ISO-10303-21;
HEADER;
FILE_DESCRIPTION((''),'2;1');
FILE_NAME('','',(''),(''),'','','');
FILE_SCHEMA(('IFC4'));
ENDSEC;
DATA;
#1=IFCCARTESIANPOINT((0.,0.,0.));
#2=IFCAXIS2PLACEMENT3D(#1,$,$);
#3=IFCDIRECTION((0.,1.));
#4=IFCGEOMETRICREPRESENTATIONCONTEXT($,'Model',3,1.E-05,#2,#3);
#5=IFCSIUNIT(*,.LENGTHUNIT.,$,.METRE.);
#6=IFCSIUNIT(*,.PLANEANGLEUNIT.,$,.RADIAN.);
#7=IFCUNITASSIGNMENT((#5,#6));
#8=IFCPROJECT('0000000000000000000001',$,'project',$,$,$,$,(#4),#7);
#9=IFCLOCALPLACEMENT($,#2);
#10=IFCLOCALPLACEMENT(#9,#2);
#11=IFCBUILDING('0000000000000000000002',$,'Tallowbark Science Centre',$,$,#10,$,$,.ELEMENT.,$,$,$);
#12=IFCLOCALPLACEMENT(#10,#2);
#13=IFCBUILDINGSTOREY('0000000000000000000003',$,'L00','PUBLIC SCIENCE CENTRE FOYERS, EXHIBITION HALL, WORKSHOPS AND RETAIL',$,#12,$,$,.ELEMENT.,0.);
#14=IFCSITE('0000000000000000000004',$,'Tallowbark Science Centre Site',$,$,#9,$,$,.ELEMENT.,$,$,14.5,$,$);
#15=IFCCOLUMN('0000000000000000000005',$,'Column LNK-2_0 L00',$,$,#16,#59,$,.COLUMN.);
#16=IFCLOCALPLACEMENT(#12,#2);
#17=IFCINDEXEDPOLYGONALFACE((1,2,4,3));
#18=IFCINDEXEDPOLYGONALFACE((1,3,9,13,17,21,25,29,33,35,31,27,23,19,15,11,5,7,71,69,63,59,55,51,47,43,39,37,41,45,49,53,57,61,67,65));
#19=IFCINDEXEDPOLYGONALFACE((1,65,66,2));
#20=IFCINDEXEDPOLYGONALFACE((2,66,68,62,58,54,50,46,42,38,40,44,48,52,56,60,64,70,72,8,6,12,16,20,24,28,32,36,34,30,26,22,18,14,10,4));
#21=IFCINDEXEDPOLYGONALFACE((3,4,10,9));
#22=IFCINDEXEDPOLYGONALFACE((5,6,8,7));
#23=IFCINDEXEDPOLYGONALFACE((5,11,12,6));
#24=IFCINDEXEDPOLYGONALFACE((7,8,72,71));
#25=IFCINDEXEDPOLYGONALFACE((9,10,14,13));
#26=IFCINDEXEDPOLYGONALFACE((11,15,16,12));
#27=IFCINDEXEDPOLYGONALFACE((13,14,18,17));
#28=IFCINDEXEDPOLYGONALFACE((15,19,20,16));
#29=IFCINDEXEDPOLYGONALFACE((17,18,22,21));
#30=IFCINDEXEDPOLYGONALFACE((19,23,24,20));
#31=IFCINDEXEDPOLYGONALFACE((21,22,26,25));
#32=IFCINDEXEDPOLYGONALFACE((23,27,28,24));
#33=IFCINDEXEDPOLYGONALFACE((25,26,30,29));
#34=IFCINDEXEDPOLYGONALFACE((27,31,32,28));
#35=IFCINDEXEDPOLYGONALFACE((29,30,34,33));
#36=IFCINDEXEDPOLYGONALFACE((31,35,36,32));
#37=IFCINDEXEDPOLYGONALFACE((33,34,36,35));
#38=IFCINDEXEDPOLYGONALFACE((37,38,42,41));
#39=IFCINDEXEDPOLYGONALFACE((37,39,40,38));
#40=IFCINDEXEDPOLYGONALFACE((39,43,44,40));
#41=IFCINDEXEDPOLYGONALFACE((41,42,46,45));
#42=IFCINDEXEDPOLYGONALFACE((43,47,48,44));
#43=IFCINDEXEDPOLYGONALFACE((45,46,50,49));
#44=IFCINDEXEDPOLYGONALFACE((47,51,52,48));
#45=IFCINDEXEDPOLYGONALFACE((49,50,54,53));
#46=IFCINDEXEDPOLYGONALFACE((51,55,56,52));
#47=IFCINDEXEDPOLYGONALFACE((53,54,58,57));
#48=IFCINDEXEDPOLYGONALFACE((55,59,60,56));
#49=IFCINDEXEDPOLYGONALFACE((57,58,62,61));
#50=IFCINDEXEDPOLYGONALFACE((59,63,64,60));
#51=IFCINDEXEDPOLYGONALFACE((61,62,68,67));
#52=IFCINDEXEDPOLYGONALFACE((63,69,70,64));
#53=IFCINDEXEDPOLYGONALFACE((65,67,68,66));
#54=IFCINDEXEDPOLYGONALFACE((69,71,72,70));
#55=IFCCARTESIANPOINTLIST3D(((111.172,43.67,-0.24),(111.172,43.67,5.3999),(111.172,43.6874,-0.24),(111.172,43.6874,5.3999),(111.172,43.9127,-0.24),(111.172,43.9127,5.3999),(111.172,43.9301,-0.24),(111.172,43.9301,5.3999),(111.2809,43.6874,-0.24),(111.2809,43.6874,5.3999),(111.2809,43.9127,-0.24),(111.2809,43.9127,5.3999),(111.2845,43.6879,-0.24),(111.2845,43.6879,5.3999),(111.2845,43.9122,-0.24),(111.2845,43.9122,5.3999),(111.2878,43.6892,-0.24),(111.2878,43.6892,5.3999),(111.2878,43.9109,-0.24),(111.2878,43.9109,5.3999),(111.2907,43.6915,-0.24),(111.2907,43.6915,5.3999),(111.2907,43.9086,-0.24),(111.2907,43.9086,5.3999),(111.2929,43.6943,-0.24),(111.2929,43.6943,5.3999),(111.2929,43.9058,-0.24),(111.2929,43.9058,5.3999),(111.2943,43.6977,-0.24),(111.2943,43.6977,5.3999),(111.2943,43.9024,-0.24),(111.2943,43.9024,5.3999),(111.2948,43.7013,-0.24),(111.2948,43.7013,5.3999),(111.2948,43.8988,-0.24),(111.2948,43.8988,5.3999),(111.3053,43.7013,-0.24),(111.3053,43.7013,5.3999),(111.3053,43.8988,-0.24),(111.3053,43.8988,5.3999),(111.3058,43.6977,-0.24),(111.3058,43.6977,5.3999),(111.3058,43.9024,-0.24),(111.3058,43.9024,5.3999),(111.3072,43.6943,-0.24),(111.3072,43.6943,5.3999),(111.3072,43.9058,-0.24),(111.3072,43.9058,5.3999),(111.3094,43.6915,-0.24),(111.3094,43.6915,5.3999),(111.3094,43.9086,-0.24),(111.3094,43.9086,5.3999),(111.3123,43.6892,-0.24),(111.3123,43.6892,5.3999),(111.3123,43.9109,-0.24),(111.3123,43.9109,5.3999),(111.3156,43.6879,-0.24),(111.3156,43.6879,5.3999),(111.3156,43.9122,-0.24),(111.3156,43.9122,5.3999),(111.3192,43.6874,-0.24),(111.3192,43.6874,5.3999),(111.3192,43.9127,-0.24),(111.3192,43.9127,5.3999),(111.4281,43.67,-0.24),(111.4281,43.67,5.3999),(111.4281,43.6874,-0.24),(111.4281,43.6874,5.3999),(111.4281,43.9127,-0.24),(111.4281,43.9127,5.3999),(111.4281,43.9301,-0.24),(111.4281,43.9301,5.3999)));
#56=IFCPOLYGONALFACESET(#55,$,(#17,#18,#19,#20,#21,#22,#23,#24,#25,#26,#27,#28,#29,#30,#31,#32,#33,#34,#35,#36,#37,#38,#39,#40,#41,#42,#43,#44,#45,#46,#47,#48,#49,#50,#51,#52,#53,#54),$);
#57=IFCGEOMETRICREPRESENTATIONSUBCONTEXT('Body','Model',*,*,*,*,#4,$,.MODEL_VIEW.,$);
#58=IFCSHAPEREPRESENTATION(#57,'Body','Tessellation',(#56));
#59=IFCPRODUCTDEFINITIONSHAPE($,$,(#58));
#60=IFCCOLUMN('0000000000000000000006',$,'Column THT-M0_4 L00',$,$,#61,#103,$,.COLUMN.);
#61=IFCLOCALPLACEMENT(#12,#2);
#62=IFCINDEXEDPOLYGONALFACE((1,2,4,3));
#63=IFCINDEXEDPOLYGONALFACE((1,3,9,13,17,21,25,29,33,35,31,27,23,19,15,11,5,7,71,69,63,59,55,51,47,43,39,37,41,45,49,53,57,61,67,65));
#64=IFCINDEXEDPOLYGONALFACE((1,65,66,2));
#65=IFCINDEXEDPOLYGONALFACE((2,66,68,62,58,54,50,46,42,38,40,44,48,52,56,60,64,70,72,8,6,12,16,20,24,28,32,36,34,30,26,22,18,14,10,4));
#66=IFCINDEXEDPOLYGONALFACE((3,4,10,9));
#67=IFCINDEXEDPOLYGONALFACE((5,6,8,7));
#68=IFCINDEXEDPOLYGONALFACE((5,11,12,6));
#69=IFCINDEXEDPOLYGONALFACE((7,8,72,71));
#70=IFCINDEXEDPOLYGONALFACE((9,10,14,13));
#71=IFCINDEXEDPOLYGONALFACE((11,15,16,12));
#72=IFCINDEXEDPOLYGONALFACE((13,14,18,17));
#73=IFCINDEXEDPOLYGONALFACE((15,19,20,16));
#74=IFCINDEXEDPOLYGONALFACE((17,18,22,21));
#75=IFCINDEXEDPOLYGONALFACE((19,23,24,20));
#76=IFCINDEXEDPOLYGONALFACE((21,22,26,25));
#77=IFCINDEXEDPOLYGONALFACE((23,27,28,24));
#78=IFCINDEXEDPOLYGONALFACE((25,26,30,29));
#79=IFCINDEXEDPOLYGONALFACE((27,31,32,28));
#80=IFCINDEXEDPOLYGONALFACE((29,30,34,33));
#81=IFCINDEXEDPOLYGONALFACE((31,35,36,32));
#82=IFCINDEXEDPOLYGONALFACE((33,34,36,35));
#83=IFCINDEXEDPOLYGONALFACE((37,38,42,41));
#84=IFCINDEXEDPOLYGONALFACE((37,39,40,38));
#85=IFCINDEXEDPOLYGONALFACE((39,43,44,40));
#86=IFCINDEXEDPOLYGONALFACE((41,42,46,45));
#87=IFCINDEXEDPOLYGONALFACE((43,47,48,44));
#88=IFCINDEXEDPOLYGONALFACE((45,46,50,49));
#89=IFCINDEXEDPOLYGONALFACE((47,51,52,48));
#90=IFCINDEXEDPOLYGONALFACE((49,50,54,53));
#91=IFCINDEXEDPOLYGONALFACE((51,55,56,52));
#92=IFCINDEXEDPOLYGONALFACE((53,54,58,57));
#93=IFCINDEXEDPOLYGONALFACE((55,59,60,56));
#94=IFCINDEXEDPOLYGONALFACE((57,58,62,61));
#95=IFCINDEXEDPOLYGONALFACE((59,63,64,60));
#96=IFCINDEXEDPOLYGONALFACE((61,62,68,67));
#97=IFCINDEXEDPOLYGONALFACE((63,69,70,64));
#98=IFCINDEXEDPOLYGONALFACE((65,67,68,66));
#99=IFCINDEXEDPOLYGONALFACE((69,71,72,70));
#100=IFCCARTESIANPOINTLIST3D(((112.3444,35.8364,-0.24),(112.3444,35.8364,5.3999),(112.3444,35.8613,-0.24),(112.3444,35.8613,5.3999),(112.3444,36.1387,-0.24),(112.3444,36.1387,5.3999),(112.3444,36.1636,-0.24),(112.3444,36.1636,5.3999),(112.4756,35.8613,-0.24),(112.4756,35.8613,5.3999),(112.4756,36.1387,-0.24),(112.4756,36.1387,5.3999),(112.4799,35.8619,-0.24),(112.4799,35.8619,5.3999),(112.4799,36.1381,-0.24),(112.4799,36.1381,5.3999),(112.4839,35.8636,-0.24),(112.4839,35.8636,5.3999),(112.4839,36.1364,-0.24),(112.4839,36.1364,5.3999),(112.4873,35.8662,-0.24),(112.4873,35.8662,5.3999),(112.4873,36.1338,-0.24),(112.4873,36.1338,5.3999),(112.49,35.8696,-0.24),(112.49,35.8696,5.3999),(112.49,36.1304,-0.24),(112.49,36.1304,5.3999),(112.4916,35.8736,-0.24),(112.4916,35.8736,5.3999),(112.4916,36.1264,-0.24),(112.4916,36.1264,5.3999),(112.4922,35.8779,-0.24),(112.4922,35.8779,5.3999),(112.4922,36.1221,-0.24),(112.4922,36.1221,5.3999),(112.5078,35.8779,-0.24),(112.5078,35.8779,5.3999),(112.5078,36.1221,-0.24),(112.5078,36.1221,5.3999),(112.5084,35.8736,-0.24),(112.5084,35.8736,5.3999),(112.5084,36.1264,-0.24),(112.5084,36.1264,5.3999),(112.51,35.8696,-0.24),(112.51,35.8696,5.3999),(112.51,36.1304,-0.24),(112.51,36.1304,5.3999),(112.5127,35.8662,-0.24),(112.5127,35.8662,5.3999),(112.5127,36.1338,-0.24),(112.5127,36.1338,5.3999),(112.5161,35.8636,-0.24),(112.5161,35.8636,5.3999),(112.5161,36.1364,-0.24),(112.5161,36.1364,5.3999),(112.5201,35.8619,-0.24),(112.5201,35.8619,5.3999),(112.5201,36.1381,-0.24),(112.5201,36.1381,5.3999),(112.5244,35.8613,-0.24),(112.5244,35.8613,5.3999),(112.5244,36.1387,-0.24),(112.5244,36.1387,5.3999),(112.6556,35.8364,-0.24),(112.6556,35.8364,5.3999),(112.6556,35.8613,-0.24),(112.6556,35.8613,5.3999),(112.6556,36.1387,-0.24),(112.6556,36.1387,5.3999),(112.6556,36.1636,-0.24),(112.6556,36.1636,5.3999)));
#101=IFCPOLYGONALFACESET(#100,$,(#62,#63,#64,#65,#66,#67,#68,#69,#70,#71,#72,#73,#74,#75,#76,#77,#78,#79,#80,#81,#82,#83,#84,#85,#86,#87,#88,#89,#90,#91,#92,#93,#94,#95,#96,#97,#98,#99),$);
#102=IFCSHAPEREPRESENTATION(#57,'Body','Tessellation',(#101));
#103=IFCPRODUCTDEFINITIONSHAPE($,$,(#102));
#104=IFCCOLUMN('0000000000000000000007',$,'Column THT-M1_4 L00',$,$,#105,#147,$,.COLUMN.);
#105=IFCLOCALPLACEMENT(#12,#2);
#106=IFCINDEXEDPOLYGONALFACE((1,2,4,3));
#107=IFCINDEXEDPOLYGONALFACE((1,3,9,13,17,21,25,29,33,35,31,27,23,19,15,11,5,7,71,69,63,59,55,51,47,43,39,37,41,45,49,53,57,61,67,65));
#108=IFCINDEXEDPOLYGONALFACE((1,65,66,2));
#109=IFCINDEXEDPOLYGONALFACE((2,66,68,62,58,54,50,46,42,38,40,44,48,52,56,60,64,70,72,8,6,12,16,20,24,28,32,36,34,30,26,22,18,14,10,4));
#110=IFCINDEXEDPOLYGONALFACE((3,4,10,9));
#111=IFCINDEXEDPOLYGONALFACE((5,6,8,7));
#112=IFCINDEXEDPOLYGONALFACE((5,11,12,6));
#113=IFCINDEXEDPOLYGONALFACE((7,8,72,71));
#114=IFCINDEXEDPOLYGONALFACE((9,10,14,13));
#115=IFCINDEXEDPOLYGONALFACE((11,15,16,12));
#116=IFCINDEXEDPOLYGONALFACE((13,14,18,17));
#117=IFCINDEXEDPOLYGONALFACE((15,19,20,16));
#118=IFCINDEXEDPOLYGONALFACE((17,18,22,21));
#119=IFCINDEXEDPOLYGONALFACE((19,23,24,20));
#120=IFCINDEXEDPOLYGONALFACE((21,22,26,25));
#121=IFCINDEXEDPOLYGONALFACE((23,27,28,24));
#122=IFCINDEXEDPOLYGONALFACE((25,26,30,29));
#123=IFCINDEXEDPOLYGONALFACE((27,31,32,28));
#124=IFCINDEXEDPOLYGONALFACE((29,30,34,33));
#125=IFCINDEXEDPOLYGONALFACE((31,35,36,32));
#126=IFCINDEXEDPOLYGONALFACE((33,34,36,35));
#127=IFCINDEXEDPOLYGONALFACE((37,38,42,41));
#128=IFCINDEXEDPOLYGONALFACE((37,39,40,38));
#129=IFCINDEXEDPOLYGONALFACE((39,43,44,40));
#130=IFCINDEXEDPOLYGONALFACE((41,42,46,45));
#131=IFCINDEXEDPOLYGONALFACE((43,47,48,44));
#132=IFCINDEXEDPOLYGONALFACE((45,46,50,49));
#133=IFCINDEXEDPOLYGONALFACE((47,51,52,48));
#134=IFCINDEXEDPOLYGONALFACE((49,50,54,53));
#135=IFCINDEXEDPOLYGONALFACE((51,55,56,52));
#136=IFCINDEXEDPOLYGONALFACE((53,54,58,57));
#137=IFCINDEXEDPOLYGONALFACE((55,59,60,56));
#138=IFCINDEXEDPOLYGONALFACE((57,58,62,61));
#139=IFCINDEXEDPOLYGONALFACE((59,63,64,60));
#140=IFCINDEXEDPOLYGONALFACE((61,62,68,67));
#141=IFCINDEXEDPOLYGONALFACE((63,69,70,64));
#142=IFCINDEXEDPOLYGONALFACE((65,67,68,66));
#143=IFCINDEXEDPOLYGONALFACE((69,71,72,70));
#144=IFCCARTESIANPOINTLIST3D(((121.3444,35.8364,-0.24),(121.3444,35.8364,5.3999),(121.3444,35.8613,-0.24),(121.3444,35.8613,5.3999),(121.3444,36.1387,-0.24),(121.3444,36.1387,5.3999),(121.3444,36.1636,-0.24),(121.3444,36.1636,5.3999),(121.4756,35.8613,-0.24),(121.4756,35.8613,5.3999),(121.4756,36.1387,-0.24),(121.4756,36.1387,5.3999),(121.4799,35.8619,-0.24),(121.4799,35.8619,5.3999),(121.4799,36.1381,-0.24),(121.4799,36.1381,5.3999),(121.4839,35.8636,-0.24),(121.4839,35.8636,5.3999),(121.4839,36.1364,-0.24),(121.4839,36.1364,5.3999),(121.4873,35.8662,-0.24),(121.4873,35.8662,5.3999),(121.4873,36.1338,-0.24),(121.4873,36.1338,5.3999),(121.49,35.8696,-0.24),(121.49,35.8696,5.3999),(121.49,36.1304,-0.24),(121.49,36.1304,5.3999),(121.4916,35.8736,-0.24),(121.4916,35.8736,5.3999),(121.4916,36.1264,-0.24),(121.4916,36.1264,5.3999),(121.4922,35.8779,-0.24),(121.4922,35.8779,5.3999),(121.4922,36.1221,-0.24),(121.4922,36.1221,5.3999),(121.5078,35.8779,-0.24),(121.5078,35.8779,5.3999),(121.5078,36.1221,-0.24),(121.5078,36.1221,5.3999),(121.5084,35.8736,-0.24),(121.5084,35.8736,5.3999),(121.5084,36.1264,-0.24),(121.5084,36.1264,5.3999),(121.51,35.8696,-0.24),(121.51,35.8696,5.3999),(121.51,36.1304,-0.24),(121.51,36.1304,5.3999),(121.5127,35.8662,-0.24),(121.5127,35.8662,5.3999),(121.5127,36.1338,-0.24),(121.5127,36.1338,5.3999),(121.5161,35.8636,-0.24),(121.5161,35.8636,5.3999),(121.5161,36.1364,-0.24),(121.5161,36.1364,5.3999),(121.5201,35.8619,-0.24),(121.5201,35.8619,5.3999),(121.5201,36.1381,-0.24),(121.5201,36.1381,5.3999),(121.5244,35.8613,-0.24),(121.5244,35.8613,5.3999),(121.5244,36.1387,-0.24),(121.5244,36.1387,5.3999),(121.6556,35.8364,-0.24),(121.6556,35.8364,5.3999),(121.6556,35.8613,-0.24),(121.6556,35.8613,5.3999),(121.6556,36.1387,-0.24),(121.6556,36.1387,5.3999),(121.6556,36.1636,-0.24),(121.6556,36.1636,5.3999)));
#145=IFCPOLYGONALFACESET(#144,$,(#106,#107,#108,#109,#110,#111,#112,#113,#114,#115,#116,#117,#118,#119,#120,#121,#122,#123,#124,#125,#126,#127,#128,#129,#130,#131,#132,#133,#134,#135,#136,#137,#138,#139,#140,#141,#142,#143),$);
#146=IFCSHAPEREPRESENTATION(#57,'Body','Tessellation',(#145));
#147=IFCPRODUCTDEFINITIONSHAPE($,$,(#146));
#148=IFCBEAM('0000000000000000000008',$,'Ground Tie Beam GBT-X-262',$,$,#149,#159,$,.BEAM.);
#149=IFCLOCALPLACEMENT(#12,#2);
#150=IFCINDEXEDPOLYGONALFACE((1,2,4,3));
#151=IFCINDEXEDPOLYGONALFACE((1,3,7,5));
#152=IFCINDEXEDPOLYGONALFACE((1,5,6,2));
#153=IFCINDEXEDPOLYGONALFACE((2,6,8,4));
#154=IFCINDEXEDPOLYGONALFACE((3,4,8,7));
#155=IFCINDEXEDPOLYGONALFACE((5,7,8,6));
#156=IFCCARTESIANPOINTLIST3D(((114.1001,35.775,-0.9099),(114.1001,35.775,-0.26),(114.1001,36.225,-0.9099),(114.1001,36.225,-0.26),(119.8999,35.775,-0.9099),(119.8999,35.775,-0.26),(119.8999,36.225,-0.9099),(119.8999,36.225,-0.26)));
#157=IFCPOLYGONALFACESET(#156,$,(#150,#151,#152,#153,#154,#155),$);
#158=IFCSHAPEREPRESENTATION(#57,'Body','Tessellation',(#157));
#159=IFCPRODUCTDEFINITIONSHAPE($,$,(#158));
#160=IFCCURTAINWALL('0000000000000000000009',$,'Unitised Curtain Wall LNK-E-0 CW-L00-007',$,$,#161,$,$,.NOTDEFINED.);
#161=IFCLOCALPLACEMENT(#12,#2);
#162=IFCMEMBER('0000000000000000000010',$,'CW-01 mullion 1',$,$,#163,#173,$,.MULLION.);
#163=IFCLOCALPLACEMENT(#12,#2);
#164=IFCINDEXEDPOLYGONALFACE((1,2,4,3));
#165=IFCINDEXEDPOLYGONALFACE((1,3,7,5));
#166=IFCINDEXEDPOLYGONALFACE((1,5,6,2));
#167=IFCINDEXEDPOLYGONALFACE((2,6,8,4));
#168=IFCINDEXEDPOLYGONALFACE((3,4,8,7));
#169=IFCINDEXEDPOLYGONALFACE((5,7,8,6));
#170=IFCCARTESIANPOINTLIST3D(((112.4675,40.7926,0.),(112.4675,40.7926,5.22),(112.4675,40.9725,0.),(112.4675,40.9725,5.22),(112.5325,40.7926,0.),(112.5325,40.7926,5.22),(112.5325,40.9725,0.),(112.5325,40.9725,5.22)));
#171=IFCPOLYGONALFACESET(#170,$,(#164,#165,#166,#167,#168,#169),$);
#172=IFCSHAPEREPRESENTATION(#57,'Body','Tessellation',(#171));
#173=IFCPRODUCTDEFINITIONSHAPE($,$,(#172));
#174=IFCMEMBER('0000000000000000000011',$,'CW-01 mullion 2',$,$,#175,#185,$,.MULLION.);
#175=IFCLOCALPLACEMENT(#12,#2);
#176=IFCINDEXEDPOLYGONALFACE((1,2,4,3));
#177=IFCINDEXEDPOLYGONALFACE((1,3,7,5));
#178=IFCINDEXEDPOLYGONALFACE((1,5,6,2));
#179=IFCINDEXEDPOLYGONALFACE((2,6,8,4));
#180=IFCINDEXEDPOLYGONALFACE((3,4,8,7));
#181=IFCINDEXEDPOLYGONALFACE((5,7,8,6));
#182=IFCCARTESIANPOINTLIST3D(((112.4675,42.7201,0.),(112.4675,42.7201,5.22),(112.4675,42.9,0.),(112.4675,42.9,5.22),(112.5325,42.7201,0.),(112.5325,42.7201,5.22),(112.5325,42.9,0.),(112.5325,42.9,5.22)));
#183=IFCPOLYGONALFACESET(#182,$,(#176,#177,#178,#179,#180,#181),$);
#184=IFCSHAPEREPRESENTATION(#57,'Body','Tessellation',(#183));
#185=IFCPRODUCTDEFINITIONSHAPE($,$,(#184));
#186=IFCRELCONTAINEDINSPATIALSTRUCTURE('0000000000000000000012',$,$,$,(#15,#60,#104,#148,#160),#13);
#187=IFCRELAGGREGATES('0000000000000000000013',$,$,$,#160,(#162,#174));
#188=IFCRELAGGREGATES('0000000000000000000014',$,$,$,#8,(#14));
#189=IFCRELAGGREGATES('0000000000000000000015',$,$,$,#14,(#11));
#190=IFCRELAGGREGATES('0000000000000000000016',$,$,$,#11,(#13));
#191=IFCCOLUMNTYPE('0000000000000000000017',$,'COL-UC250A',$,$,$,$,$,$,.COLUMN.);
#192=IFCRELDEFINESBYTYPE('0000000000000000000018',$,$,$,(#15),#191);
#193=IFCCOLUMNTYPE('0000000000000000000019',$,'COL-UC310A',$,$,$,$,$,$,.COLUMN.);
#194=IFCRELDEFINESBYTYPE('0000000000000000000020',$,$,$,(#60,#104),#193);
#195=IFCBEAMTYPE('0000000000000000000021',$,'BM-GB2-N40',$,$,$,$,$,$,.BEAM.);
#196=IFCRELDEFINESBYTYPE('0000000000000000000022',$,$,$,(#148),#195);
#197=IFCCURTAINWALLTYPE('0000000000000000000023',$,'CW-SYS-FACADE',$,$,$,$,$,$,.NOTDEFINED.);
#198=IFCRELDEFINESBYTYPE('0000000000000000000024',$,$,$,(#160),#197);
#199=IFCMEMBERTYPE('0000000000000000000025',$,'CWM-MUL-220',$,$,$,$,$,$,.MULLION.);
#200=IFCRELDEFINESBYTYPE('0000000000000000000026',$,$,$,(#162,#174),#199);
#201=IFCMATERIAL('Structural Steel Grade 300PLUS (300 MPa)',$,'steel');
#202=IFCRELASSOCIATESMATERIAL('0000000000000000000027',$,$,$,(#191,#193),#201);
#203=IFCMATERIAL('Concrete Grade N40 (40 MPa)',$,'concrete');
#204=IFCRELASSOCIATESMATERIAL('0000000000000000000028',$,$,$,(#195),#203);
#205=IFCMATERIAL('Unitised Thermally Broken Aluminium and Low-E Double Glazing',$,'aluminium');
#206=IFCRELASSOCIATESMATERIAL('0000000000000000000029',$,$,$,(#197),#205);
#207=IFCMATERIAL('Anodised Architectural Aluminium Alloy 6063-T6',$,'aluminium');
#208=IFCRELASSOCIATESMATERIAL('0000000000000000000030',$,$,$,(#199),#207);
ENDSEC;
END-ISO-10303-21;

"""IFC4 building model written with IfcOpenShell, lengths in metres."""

from ifc_helpers import new_model, si_unit, direction, frame, origin, origin_2d, place, context, subcontext, project, spatial, rectangle, i_section, extrude, material, material_profile, profile_set, type_object, element, aggregate, save


model = new_model("IFC4")

# Units and contexts
model_context = context("Model", 3, precision=1e-05, world=origin(), true_north=direction((0.0, 1.0)))
body_context = subcontext(model_context, "Body", "Model", "MODEL_VIEW")
ifc_project = project(units=[si_unit("LENGTHUNIT", "METRE"), si_unit("PLANEANGLEUNIT", "RADIAN")], contexts=[model_context])

# Site, building, storey
site_placement = place(None, origin())
site = spatial("IfcSite", under=ifc_project, at=site_placement, Name="Tallowbark Science Centre Site", CompositionType="ELEMENT", RefElevation=14.5)
building_placement = place(site_placement, origin())
building = spatial("IfcBuilding", under=site, at=building_placement, Name="Tallowbark Science Centre", CompositionType="ELEMENT")
storey_placement = place(building_placement, origin())
storey = spatial("IfcBuildingStorey", under=building, at=storey_placement, Name="L00", Description="PUBLIC SCIENCE CENTRE FOYERS, EXHIBITION HALL, WORKSHOPS AND RETAIL", CompositionType="ELEMENT", Elevation=0.0)

# Shared definitions
ifc_material_1 = material(Name="Concrete Grade N40 (40 MPa)", Category="concrete")

# Columns
ifc_material_2 = material(Name="Structural Steel Grade 300PLUS (300 MPa)", Category="steel")
ifc_material_profile_1 = material_profile(ifc_material_2, i_section(OverallWidth=0.2561, OverallDepth=0.26, WebThickness=0.0105, FlangeThickness=0.0173, FilletRadius=0.0139, at=origin_2d()), Name="250UC89.5")
ifc_profile_set_1 = profile_set([ifc_material_profile_1], Name="Structural Steel Grade 300PLUS (300 MPa)")
column_type_1 = type_object("IfcColumnType", Name="COL-UC250A", PredefinedType="COLUMN", material=ifc_profile_set_1)
column_placement = place(storey_placement, frame((111.3, 43.8, -0.24), z_axis=(0.0, 0.0, 1.0), x_axis=(1.0, 0.0, 0.0)))
element("IfcColumn", 1, at=column_placement, inside=storey, type_object=column_type_1, Name="Column LNK-2_0 L00", PredefinedType="COLUMN", context=body_context, shape_type="SweptSolid", body=[
    extrude(i_section(OverallWidth=0.2561, OverallDepth=0.26, WebThickness=0.0105, FlangeThickness=0.0173, FilletRadius=0.0139, at=origin_2d()), origin(), (0.0, 0.0, 1.0), 5.6399),
])
ifc_material_profile_2 = material_profile(ifc_material_2, i_section(OverallWidth=0.3113, OverallDepth=0.3271, WebThickness=0.0156, FlangeThickness=0.0249, FilletRadius=0.0166, at=origin_2d()), Name="310UC158")
ifc_profile_set_2 = profile_set([ifc_material_profile_2], Name="Structural Steel Grade 300PLUS (300 MPa)")
column_type_2 = type_object("IfcColumnType", Name="COL-UC310A", PredefinedType="COLUMN", material=ifc_profile_set_2)
for number, where, z_axis, x_axis, name in (
    (2, (112.5, 36.0, -0.24), (0.0, 0.0, 1.0), (1.0, 0.0, 0.0), "Column THT-M0_4 L00"),
    (3, (121.5, 36.0, -0.24), (0.0, 0.0, 1.0), (1.0, 0.0, 0.0), "Column THT-M1_4 L00"),
):
    element("IfcColumn", number, at=place(storey_placement, frame(where, z_axis=z_axis, x_axis=x_axis)), inside=storey, type_object=column_type_2, Name=name, PredefinedType="COLUMN", context=body_context, shape_type="SweptSolid", body=[
        extrude(i_section(OverallWidth=0.3113, OverallDepth=0.3271, WebThickness=0.0156, FlangeThickness=0.0249, FilletRadius=0.0166, at=origin_2d()), origin(), (0.0, 0.0, 1.0), 5.6399),
    ])

# Beam
ifc_material_profile_3 = material_profile(ifc_material_1, rectangle(XDim=0.45, YDim=0.6499, at=origin_2d()), Name="RC450x650")
ifc_profile_set_3 = profile_set([ifc_material_profile_3], Name="Concrete Grade N40 (40 MPa)")
beam_type = type_object("IfcBeamType", Name="BM-GB2-N40", PredefinedType="BEAM", material=ifc_profile_set_3)
beam_placement = place(storey_placement, frame((114.1001, 36.0, -0.585), z_axis=(1.0, 0.0, 0.0), x_axis=(0.0, 1.0, 0.0)))
element("IfcBeam", 4, at=beam_placement, inside=storey, type_object=beam_type, Name="Ground Tie Beam GBT-X-262", PredefinedType="BEAM", context=body_context, shape_type="SweptSolid", body=[
    extrude(rectangle(XDim=0.45, YDim=0.6499, at=origin_2d()), origin(), (0.0, 0.0, 1.0), 5.7998),
])

# Curtain wall, members
ifc_material_3 = material(Name="Unitised Thermally Broken Aluminium and Low-E Double Glazing", Category="aluminium")
curtain_wall_type = type_object("IfcCurtainWallType", Name="CW-SYS-FACADE", PredefinedType="NOTDEFINED", material=ifc_material_3)
curtain_wall_placement = place(storey_placement, origin())
curtain_wall = element("IfcCurtainWall", 5, at=curtain_wall_placement, inside=storey, type_object=curtain_wall_type, Name="Unitised Curtain Wall LNK-E-0 CW-L00-007", PredefinedType="NOTDEFINED")
ifc_material_4 = material(Name="Anodised Architectural Aluminium Alloy 6063-T6", Category="aluminium")
ifc_material_profile_4 = material_profile(ifc_material_4, rectangle(XDim=0.0649, YDim=0.1799, at=origin_2d()), Name="ALU65x180")
ifc_profile_set_4 = profile_set([ifc_material_profile_4], Name="Anodised Architectural Aluminium Alloy 6063-T6")
member_type_1 = type_object("IfcMemberType", Name="CWM-MUL-220", PredefinedType="MULLION", material=ifc_profile_set_4)
member_1_placement = place(storey_placement, frame((112.5, 40.8826, 0.0), z_axis=(0.0, 0.0, 1.0), x_axis=(-1.0, 0.0, 0.0)))
member_1 = element("IfcMember", 6, at=member_1_placement, type_object=member_type_1, Name="CW-01 mullion 1", PredefinedType="MULLION", context=body_context, shape_type="SweptSolid", body=[
    extrude(rectangle(XDim=0.0649, YDim=0.1799, at=origin_2d()), origin(), (0.0, 0.0, 1.0), 5.22),
])
member_2_placement = place(storey_placement, frame((112.5, 42.8101, 0.0), z_axis=(0.0, 0.0, 1.0), x_axis=(-1.0, 0.0, 0.0)))
member_2 = element("IfcMember", 7, at=member_2_placement, type_object=member_type_1, Name="CW-01 mullion 2", PredefinedType="MULLION", context=body_context, shape_type="SweptSolid", body=[
    extrude(rectangle(XDim=0.0649, YDim=0.1799, at=origin_2d()), origin(), (0.0, 0.0, 1.0), 5.22),
])
aggregate(curtain_wall, [member_1, member_2])

save(model, "model.ifc")
